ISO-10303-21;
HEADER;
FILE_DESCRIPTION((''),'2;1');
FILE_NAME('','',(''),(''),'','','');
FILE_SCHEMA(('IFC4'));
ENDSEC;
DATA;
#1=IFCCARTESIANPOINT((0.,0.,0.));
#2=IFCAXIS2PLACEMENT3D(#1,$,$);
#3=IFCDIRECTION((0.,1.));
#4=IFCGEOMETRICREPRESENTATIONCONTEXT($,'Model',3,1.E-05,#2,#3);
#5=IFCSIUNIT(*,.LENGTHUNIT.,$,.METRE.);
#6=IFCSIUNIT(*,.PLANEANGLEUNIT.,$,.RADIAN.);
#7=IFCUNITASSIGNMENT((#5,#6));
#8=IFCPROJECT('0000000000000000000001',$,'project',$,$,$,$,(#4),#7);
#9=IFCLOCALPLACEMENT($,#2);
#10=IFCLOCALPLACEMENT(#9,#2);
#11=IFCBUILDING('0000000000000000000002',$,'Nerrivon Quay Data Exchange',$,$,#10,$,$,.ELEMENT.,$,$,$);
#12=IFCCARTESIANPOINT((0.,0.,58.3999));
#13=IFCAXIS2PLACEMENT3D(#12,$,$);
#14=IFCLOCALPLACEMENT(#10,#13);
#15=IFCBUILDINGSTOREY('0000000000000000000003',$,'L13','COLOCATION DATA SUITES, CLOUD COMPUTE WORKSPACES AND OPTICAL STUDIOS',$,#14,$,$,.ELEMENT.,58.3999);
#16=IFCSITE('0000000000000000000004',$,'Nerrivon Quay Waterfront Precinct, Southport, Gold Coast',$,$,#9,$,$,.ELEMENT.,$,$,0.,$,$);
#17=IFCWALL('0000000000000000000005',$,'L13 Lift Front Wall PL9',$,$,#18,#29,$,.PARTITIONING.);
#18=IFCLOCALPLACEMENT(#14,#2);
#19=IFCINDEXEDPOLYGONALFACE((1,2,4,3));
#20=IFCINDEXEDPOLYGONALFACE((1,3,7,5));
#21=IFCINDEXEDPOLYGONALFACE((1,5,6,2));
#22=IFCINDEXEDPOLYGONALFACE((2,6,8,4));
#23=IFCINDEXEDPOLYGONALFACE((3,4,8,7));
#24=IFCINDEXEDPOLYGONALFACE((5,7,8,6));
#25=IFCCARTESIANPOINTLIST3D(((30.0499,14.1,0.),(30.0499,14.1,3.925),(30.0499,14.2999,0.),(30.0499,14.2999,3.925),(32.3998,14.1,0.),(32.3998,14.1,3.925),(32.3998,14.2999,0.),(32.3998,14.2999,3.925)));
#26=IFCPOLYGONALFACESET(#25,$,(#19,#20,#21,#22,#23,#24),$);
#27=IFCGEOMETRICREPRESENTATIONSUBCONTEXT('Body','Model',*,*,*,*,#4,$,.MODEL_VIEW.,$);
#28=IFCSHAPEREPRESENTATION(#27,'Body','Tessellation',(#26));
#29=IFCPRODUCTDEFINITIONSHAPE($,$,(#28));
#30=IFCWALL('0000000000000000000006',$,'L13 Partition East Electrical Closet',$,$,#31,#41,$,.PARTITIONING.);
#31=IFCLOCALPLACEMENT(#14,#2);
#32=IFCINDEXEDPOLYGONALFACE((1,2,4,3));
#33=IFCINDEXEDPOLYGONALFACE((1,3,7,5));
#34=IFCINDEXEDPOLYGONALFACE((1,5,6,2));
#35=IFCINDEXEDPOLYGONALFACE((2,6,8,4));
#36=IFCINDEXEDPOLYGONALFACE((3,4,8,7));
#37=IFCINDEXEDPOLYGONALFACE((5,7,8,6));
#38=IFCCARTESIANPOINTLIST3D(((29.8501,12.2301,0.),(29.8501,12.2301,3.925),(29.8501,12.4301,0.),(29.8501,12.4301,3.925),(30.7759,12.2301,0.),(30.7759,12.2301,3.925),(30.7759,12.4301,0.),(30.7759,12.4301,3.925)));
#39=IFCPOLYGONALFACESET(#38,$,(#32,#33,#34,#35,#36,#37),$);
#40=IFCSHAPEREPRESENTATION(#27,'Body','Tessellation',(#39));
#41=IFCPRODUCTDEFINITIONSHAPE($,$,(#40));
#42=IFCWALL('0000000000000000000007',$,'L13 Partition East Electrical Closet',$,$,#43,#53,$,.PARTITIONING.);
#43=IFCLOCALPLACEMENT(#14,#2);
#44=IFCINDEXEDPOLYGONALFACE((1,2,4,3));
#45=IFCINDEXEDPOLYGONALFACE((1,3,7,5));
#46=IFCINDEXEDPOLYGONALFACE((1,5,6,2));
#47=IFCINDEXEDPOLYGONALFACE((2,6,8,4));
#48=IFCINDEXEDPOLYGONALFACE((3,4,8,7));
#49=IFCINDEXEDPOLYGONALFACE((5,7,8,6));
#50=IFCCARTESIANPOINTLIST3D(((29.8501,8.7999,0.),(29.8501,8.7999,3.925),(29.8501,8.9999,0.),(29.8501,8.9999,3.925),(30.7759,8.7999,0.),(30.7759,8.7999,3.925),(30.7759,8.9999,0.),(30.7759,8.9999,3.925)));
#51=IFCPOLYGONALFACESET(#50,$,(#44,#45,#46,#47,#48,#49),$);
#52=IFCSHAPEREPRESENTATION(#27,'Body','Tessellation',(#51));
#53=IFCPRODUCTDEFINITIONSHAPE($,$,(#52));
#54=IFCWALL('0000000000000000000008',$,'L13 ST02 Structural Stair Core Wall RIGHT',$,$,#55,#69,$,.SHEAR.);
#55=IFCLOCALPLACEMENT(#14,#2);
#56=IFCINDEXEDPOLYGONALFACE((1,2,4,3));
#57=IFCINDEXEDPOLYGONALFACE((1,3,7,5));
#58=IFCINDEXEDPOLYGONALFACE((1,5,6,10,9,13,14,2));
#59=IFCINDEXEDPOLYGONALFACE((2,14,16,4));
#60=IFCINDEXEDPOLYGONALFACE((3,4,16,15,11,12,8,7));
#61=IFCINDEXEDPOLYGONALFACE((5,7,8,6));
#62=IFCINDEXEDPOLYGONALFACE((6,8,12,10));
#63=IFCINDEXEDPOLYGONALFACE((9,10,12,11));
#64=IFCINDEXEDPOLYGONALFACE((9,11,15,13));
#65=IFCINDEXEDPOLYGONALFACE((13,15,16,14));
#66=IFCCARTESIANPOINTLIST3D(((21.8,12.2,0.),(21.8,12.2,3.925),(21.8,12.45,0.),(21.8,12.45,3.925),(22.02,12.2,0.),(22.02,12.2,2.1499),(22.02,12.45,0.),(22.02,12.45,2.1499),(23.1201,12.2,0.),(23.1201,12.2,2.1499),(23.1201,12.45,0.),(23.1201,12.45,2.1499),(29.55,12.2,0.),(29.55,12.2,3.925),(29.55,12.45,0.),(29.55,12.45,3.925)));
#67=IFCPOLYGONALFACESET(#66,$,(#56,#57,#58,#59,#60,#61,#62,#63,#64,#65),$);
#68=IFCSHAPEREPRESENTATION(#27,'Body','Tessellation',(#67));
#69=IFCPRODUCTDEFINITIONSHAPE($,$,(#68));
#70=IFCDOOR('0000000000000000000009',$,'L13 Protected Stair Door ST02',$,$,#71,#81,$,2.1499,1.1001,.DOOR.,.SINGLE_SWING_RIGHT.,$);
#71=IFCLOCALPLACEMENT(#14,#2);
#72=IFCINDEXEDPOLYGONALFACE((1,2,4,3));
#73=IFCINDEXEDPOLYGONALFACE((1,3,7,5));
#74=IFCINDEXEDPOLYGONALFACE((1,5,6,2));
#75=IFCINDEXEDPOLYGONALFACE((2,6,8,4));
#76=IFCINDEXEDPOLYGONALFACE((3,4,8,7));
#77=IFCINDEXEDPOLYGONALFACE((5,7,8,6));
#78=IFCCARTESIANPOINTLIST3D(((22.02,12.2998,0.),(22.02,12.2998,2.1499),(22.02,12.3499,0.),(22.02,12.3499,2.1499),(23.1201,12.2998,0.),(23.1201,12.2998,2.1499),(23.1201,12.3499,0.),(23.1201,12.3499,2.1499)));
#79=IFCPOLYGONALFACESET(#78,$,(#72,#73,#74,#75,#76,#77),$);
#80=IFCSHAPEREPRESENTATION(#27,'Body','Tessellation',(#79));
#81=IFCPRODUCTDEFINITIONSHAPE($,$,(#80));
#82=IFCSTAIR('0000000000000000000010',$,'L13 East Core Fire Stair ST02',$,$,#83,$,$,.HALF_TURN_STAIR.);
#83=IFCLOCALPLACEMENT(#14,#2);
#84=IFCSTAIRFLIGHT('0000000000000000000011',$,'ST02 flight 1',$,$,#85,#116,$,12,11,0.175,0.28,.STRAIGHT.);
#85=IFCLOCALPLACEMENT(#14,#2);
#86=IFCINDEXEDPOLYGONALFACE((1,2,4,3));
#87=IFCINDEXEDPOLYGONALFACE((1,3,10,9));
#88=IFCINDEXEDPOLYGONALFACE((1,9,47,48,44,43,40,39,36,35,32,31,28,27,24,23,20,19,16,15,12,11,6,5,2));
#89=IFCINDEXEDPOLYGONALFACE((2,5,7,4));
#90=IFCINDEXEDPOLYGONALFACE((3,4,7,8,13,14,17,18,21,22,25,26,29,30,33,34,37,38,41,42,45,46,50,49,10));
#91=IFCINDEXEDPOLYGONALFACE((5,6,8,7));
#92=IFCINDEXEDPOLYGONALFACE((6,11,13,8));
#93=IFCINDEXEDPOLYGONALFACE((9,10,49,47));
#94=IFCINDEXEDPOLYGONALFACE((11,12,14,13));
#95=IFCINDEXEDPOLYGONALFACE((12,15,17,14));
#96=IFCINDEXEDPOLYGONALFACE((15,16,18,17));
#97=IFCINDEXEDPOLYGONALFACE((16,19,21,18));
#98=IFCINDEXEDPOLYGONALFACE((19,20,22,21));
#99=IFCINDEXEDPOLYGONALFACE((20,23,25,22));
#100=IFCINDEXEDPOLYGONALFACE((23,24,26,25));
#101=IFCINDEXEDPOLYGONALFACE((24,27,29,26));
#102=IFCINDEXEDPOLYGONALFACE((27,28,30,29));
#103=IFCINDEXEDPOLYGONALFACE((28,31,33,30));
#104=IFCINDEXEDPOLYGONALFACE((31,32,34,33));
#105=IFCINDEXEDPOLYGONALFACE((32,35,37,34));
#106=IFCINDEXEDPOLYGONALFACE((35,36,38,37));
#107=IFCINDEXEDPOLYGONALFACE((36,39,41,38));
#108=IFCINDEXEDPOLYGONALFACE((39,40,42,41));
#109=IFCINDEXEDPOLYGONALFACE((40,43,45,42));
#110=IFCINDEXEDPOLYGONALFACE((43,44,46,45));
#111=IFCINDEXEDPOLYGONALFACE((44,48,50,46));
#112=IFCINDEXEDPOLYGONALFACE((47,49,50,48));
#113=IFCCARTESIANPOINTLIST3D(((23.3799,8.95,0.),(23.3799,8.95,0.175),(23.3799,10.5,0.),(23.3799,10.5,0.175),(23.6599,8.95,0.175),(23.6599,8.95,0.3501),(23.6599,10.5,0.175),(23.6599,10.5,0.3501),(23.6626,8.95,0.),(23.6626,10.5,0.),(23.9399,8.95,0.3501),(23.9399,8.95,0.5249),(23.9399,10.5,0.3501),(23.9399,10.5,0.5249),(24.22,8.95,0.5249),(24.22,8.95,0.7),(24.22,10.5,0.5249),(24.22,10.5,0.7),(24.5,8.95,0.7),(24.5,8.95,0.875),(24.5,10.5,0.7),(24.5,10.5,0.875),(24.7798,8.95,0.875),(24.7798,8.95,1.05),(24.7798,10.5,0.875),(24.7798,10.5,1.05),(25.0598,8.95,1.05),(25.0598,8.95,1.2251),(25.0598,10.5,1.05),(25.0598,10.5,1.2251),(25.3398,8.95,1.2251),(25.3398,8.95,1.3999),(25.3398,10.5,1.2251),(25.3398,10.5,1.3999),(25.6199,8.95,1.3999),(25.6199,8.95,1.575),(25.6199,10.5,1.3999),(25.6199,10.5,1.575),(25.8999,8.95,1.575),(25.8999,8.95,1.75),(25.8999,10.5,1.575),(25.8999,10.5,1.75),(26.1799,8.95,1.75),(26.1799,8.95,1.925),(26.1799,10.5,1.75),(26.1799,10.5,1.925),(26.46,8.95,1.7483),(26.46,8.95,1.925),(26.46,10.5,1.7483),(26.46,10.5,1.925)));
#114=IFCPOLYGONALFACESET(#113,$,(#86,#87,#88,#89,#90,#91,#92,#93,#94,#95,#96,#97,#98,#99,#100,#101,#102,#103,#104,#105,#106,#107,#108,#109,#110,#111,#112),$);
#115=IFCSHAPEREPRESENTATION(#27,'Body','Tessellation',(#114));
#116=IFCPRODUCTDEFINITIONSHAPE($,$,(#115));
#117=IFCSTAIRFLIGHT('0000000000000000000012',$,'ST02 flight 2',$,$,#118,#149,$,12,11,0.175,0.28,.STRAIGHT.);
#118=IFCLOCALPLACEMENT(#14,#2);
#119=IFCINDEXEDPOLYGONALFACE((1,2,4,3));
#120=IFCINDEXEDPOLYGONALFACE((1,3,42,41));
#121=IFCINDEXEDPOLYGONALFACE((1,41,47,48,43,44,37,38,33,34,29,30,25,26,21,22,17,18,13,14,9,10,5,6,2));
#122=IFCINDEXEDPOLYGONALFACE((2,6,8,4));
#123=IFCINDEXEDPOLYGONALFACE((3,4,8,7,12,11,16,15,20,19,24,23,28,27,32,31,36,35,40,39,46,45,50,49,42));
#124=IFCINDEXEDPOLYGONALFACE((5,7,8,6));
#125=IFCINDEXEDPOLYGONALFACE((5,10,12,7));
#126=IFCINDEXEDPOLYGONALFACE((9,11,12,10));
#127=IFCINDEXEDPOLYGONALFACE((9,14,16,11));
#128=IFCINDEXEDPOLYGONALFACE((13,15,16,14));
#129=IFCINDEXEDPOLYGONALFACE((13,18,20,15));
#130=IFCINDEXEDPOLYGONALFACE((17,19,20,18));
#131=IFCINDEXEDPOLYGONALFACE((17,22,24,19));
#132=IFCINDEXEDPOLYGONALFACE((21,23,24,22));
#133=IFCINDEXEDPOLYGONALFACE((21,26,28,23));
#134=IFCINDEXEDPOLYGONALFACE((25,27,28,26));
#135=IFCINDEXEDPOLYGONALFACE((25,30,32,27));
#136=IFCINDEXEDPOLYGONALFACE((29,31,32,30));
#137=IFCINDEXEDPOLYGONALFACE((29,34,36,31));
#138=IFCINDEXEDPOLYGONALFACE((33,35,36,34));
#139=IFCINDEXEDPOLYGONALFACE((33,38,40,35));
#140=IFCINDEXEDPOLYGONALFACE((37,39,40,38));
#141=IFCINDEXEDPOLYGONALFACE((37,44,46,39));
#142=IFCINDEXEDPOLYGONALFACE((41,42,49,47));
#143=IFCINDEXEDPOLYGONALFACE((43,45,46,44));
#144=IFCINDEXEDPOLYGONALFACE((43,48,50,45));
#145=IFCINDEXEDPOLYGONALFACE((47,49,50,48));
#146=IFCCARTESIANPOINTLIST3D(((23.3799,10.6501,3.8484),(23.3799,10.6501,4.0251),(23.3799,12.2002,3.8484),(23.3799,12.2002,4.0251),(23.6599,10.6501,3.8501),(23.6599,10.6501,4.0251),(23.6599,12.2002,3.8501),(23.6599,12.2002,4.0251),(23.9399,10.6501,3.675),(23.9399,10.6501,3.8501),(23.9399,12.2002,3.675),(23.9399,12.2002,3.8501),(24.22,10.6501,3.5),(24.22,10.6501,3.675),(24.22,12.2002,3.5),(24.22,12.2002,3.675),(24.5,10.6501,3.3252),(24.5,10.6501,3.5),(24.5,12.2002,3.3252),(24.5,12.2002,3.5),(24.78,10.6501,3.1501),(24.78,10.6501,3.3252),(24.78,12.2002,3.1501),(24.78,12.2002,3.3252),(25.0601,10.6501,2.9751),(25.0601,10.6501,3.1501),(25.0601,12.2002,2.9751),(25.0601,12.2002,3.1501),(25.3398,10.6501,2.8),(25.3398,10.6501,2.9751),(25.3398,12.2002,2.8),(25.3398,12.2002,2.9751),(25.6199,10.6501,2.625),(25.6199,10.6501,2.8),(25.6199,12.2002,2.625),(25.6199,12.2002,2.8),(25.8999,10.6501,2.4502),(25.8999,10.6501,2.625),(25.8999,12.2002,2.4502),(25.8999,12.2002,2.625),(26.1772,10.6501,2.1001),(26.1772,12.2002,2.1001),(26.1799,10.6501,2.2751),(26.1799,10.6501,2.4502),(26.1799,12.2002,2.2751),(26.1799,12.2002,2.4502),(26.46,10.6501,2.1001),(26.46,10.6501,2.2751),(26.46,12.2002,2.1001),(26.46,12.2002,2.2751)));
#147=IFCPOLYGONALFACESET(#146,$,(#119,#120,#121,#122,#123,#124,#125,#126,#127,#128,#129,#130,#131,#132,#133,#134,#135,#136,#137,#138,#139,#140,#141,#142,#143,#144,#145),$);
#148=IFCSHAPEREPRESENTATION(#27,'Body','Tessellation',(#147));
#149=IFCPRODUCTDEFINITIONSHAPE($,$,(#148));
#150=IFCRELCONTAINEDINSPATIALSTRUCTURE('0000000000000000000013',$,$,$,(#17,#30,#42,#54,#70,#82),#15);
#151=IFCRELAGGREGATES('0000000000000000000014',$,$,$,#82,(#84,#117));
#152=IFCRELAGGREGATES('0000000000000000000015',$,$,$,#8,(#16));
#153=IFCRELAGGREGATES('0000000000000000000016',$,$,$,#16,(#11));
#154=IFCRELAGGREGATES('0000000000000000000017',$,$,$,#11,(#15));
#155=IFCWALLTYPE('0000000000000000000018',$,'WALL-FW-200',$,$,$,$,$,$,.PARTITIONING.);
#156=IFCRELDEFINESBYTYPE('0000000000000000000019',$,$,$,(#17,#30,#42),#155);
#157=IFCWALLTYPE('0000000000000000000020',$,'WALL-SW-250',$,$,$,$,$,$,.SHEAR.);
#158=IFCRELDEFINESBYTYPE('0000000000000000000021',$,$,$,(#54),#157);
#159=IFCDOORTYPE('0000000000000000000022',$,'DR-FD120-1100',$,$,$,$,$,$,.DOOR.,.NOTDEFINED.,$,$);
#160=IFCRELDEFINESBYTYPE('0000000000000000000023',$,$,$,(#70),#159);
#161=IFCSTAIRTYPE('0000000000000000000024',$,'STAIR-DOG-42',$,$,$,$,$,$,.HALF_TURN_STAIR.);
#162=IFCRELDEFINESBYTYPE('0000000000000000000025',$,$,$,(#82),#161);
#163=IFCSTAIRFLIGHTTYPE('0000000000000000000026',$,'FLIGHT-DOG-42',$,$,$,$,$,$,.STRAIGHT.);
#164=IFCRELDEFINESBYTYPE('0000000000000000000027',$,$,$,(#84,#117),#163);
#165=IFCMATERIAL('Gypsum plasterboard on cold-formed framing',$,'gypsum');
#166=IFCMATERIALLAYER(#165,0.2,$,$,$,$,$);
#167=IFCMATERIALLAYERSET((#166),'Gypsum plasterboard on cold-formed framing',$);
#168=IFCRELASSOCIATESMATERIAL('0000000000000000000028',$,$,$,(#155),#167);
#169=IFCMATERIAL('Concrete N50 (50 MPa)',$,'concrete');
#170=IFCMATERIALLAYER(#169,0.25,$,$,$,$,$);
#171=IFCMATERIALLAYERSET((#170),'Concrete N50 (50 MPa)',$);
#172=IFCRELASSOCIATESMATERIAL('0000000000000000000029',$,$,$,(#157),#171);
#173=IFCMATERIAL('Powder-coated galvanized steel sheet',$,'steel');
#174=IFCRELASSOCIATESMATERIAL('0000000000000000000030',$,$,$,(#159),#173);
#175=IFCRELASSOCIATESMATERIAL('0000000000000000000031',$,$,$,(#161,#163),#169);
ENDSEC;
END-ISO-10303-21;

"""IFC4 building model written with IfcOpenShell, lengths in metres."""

from ifc_helpers import new_model, si_unit, direction, frame, frame_2d, origin, place, context, subcontext, project, spatial, polyline, rectangle, outline, extrude, material, layer, layer_set, type_object, element, fill, aggregate, save


model = new_model("IFC4")

# Units and contexts
model_context = context("Model", 3, precision=1e-05, world=origin(), true_north=direction((0.0, 1.0)))
body_context = subcontext(model_context, "Body", "Model", "MODEL_VIEW")
ifc_project = project(units=[si_unit("LENGTHUNIT", "METRE"), si_unit("PLANEANGLEUNIT", "RADIAN")], contexts=[model_context])

# Site, building, storey
site_placement = place(None, origin())
site = spatial("IfcSite", under=ifc_project, at=site_placement, Name="Nerrivon Quay Waterfront Precinct, Southport, Gold Coast", CompositionType="ELEMENT", RefElevation=0.0)
building_placement = place(site_placement, origin())
building = spatial("IfcBuilding", under=site, at=building_placement, Name="Nerrivon Quay Data Exchange", CompositionType="ELEMENT")
storey_placement = place(building_placement, frame((0.0, 0.0, 58.3999)))
storey = spatial("IfcBuildingStorey", under=building, at=storey_placement, Name="L13", Description="COLOCATION DATA SUITES, CLOUD COMPUTE WORKSPACES AND OPTICAL STUDIOS", CompositionType="ELEMENT", Elevation=58.3999)

# Shared definitions
ifc_material_1 = material(Name="Gypsum plasterboard on cold-formed framing", Category="gypsum")
ifc_layer_1 = layer(ifc_material_1, 0.2)
ifc_layer_set_1 = layer_set([ifc_layer_1], Name="Gypsum plasterboard on cold-formed framing")
wall_type_1 = type_object("IfcWallType", Name="WALL-FW-200", PredefinedType="PARTITIONING", material=ifc_layer_set_1)

# Shared definitions
ifc_material_2 = material(Name="Powder-coated galvanized steel sheet", Category="steel")

# Walls
wall_1_placement = place(storey_placement, frame((30.05, 14.2, 0.0), z_axis=(0.0, 0.0, 1.0), x_axis=(1.0, 0.0, 0.0)))
element("IfcWall", 1, at=wall_1_placement, inside=storey, type_object=wall_type_1, Name="L13 Lift Front Wall PL9", PredefinedType="PARTITIONING", context=body_context, shape_type="SweptSolid", body=[
    extrude(rectangle(XDim=2.3499, YDim=0.2, at=frame_2d((1.1748, 0.0))), origin(), (0.0, 0.0, 1.0), 3.925),
])
for number, where, z_axis, x_axis, name in (
    (2, (30.7759, 12.3301, 0.0), (0.0, 0.0, 1.0), (-1.0, 0.0, 0.0), "L13 Partition East Electrical Closet"),
    (3, (29.8501, 8.8999, 0.0), (0.0, 0.0, 1.0), (1.0, 0.0, 0.0), "L13 Partition East Electrical Closet"),
):
    element("IfcWall", number, at=place(storey_placement, frame(where, z_axis=z_axis, x_axis=x_axis)), inside=storey, type_object=wall_type_1, Name=name, PredefinedType="PARTITIONING", context=body_context, shape_type="SweptSolid", body=[
        extrude(rectangle(XDim=0.9258, YDim=0.2, at=frame_2d((0.4629, 0.0))), origin(), (0.0, 0.0, 1.0), 3.925),
    ])

# Wall, opening, door
ifc_material_3 = material(Name="Concrete N50 (50 MPa)", Category="concrete")
ifc_layer_2 = layer(ifc_material_3, 0.25)
ifc_layer_set_2 = layer_set([ifc_layer_2], Name="Concrete N50 (50 MPa)")
wall_type_2 = type_object("IfcWallType", Name="WALL-SW-250", PredefinedType="SHEAR", material=ifc_layer_set_2)
wall_2_placement = place(storey_placement, frame((21.8, 12.325, 0.0), z_axis=(0.0, 0.0, 1.0), x_axis=(1.0, 0.0, 0.0)))
wall_2 = element("IfcWall", 4, at=wall_2_placement, inside=storey, type_object=wall_type_2, Name="L13 ST02 Structural Stair Core Wall RIGHT", PredefinedType="SHEAR", context=body_context, shape_type="SweptSolid", body=[
    extrude(rectangle(XDim=7.75, YDim=0.25, at=frame_2d((3.875, 0.0))), origin(), (0.0, 0.0, 1.0), 3.925),
])
opening_1_placement = place(wall_2_placement, frame((0.22, 0.0, 0.0)))
opening_1 = element("IfcOpeningElement", 5, at=opening_1_placement, cuts=wall_2, PredefinedType="OPENING", context=body_context, shape_type="SweptSolid", body=[
    extrude(rectangle(XDim=1.1001, YDim=2.1499, at=frame_2d((0.55, 1.075))), frame((0.0, 0.135, 0.0), z_axis=(0.0, -1.0, 0.0), x_axis=(1.0, 0.0, 0.0)), (0.0, 0.0, 1.0), 0.27),
])
door_type_1 = type_object("IfcDoorType", Name="DR-FD120-1100", OperationType="NOTDEFINED", PredefinedType="DOOR", material=ifc_material_2)
door_1_placement = place(opening_1_placement, origin())
door_1 = element("IfcDoor", 6, at=door_1_placement, inside=storey, type_object=door_type_1, Name="L13 Protected Stair Door ST02", OperationType="SINGLE_SWING_RIGHT", OverallHeight=2.1499, OverallWidth=1.1001, PredefinedType="DOOR", context=body_context, shape_type="SweptSolid", body=[
    extrude(rectangle(XDim=1.1001, YDim=2.1499, at=frame_2d((0.55, 1.075))), frame((0.0, 0.0249, 0.0), z_axis=(0.0, -1.0, 0.0), x_axis=(1.0, 0.0, 0.0)), (0.0, 0.0, 1.0), 0.05),
])
fill(opening_1, door_1)

# Stair, stair flights
stair_type = type_object("IfcStairType", Name="STAIR-DOG-42", PredefinedType="HALF_TURN_STAIR", material=ifc_material_3)
stair_placement = place(storey_placement, origin())
stair = element("IfcStair", 7, at=stair_placement, inside=storey, type_object=stair_type, Name="L13 East Core Fire Stair ST02", PredefinedType="HALF_TURN_STAIR")
stair_flight_type = type_object("IfcStairFlightType", Name="FLIGHT-DOG-42", PredefinedType="STRAIGHT", material=ifc_material_3)
stair_flight_1_placement = place(storey_placement, frame((23.3799, 9.7251, 0.0), z_axis=(0.0, 0.0, 1.0), x_axis=(1.0, 0.0, 0.0)))
stair_flight_1 = element("IfcStairFlight", 8, at=stair_flight_1_placement, type_object=stair_flight_type, Name="ST02 flight 1", NumberOfRisers=12, NumberOfTreads=11, PredefinedType="STRAIGHT", RiserHeight=0.175, TreadLength=0.28, context=body_context, shape_type="SweptSolid", body=[
    extrude(outline(polyline([(0.0, 0.0), (0.0, 0.175), (0.28, 0.175), (0.28, 0.3501), (0.5601, 0.3501), (0.5601, 0.5249), (0.8401, 0.5249), (0.8401, 0.7), (1.1201, 0.7), (1.1201, 0.875), (1.3999, 0.875), (1.3999, 1.05), (1.6799, 1.05), (1.6799, 1.2251), (1.96, 1.2251), (1.96, 1.3999), (2.24, 1.3999), (2.24, 1.575), (2.52, 1.575), (2.52, 1.75), (2.8, 1.75), (2.8, 1.925), (3.0801, 1.925), (3.0801, 2.1001), (3.0801, 1.7483), (0.2827, 0.0), (0.0, 0.0)])), frame((0.0, 0.7749, 0.0), z_axis=(0.0, -1.0, 0.0), x_axis=(1.0, 0.0, 0.0)), (0.0, 0.0, 1.0), 1.55),
])
stair_flight_2_placement = place(storey_placement, frame((26.46, 11.425, 2.1001), z_axis=(0.0, 0.0, 1.0), x_axis=(-1.0, 0.0, 0.0)))
stair_flight_2 = element("IfcStairFlight", 9, at=stair_flight_2_placement, type_object=stair_flight_type, Name="ST02 flight 2", NumberOfRisers=12, NumberOfTreads=11, PredefinedType="STRAIGHT", RiserHeight=0.175, TreadLength=0.28, context=body_context, shape_type="SweptSolid", body=[
    extrude(outline(polyline([(0.0, 0.0), (0.0, 0.175), (0.28, 0.175), (0.28, 0.3501), (0.5601, 0.3501), (0.5601, 0.5249), (0.8401, 0.5249), (0.8401, 0.7), (1.1201, 0.7), (1.1201, 0.875), (1.3999, 0.875), (1.3999, 1.05), (1.6799, 1.05), (1.6799, 1.2251), (1.96, 1.2251), (1.96, 1.3999), (2.24, 1.3999), (2.24, 1.575), (2.52, 1.575), (2.52, 1.75), (2.8, 1.75), (2.8, 1.925), (3.0801, 1.925), (3.0801, 2.1001), (3.0801, 1.7483), (0.2827, 0.0), (0.0, 0.0)])), frame((0.0, 0.7749, 0.0), z_axis=(0.0, -1.0, 0.0), x_axis=(1.0, 0.0, 0.0)), (0.0, 0.0, 1.0), 1.55),
])
aggregate(stair, [stair_flight_1, stair_flight_2])

save(model, "model.ifc")
